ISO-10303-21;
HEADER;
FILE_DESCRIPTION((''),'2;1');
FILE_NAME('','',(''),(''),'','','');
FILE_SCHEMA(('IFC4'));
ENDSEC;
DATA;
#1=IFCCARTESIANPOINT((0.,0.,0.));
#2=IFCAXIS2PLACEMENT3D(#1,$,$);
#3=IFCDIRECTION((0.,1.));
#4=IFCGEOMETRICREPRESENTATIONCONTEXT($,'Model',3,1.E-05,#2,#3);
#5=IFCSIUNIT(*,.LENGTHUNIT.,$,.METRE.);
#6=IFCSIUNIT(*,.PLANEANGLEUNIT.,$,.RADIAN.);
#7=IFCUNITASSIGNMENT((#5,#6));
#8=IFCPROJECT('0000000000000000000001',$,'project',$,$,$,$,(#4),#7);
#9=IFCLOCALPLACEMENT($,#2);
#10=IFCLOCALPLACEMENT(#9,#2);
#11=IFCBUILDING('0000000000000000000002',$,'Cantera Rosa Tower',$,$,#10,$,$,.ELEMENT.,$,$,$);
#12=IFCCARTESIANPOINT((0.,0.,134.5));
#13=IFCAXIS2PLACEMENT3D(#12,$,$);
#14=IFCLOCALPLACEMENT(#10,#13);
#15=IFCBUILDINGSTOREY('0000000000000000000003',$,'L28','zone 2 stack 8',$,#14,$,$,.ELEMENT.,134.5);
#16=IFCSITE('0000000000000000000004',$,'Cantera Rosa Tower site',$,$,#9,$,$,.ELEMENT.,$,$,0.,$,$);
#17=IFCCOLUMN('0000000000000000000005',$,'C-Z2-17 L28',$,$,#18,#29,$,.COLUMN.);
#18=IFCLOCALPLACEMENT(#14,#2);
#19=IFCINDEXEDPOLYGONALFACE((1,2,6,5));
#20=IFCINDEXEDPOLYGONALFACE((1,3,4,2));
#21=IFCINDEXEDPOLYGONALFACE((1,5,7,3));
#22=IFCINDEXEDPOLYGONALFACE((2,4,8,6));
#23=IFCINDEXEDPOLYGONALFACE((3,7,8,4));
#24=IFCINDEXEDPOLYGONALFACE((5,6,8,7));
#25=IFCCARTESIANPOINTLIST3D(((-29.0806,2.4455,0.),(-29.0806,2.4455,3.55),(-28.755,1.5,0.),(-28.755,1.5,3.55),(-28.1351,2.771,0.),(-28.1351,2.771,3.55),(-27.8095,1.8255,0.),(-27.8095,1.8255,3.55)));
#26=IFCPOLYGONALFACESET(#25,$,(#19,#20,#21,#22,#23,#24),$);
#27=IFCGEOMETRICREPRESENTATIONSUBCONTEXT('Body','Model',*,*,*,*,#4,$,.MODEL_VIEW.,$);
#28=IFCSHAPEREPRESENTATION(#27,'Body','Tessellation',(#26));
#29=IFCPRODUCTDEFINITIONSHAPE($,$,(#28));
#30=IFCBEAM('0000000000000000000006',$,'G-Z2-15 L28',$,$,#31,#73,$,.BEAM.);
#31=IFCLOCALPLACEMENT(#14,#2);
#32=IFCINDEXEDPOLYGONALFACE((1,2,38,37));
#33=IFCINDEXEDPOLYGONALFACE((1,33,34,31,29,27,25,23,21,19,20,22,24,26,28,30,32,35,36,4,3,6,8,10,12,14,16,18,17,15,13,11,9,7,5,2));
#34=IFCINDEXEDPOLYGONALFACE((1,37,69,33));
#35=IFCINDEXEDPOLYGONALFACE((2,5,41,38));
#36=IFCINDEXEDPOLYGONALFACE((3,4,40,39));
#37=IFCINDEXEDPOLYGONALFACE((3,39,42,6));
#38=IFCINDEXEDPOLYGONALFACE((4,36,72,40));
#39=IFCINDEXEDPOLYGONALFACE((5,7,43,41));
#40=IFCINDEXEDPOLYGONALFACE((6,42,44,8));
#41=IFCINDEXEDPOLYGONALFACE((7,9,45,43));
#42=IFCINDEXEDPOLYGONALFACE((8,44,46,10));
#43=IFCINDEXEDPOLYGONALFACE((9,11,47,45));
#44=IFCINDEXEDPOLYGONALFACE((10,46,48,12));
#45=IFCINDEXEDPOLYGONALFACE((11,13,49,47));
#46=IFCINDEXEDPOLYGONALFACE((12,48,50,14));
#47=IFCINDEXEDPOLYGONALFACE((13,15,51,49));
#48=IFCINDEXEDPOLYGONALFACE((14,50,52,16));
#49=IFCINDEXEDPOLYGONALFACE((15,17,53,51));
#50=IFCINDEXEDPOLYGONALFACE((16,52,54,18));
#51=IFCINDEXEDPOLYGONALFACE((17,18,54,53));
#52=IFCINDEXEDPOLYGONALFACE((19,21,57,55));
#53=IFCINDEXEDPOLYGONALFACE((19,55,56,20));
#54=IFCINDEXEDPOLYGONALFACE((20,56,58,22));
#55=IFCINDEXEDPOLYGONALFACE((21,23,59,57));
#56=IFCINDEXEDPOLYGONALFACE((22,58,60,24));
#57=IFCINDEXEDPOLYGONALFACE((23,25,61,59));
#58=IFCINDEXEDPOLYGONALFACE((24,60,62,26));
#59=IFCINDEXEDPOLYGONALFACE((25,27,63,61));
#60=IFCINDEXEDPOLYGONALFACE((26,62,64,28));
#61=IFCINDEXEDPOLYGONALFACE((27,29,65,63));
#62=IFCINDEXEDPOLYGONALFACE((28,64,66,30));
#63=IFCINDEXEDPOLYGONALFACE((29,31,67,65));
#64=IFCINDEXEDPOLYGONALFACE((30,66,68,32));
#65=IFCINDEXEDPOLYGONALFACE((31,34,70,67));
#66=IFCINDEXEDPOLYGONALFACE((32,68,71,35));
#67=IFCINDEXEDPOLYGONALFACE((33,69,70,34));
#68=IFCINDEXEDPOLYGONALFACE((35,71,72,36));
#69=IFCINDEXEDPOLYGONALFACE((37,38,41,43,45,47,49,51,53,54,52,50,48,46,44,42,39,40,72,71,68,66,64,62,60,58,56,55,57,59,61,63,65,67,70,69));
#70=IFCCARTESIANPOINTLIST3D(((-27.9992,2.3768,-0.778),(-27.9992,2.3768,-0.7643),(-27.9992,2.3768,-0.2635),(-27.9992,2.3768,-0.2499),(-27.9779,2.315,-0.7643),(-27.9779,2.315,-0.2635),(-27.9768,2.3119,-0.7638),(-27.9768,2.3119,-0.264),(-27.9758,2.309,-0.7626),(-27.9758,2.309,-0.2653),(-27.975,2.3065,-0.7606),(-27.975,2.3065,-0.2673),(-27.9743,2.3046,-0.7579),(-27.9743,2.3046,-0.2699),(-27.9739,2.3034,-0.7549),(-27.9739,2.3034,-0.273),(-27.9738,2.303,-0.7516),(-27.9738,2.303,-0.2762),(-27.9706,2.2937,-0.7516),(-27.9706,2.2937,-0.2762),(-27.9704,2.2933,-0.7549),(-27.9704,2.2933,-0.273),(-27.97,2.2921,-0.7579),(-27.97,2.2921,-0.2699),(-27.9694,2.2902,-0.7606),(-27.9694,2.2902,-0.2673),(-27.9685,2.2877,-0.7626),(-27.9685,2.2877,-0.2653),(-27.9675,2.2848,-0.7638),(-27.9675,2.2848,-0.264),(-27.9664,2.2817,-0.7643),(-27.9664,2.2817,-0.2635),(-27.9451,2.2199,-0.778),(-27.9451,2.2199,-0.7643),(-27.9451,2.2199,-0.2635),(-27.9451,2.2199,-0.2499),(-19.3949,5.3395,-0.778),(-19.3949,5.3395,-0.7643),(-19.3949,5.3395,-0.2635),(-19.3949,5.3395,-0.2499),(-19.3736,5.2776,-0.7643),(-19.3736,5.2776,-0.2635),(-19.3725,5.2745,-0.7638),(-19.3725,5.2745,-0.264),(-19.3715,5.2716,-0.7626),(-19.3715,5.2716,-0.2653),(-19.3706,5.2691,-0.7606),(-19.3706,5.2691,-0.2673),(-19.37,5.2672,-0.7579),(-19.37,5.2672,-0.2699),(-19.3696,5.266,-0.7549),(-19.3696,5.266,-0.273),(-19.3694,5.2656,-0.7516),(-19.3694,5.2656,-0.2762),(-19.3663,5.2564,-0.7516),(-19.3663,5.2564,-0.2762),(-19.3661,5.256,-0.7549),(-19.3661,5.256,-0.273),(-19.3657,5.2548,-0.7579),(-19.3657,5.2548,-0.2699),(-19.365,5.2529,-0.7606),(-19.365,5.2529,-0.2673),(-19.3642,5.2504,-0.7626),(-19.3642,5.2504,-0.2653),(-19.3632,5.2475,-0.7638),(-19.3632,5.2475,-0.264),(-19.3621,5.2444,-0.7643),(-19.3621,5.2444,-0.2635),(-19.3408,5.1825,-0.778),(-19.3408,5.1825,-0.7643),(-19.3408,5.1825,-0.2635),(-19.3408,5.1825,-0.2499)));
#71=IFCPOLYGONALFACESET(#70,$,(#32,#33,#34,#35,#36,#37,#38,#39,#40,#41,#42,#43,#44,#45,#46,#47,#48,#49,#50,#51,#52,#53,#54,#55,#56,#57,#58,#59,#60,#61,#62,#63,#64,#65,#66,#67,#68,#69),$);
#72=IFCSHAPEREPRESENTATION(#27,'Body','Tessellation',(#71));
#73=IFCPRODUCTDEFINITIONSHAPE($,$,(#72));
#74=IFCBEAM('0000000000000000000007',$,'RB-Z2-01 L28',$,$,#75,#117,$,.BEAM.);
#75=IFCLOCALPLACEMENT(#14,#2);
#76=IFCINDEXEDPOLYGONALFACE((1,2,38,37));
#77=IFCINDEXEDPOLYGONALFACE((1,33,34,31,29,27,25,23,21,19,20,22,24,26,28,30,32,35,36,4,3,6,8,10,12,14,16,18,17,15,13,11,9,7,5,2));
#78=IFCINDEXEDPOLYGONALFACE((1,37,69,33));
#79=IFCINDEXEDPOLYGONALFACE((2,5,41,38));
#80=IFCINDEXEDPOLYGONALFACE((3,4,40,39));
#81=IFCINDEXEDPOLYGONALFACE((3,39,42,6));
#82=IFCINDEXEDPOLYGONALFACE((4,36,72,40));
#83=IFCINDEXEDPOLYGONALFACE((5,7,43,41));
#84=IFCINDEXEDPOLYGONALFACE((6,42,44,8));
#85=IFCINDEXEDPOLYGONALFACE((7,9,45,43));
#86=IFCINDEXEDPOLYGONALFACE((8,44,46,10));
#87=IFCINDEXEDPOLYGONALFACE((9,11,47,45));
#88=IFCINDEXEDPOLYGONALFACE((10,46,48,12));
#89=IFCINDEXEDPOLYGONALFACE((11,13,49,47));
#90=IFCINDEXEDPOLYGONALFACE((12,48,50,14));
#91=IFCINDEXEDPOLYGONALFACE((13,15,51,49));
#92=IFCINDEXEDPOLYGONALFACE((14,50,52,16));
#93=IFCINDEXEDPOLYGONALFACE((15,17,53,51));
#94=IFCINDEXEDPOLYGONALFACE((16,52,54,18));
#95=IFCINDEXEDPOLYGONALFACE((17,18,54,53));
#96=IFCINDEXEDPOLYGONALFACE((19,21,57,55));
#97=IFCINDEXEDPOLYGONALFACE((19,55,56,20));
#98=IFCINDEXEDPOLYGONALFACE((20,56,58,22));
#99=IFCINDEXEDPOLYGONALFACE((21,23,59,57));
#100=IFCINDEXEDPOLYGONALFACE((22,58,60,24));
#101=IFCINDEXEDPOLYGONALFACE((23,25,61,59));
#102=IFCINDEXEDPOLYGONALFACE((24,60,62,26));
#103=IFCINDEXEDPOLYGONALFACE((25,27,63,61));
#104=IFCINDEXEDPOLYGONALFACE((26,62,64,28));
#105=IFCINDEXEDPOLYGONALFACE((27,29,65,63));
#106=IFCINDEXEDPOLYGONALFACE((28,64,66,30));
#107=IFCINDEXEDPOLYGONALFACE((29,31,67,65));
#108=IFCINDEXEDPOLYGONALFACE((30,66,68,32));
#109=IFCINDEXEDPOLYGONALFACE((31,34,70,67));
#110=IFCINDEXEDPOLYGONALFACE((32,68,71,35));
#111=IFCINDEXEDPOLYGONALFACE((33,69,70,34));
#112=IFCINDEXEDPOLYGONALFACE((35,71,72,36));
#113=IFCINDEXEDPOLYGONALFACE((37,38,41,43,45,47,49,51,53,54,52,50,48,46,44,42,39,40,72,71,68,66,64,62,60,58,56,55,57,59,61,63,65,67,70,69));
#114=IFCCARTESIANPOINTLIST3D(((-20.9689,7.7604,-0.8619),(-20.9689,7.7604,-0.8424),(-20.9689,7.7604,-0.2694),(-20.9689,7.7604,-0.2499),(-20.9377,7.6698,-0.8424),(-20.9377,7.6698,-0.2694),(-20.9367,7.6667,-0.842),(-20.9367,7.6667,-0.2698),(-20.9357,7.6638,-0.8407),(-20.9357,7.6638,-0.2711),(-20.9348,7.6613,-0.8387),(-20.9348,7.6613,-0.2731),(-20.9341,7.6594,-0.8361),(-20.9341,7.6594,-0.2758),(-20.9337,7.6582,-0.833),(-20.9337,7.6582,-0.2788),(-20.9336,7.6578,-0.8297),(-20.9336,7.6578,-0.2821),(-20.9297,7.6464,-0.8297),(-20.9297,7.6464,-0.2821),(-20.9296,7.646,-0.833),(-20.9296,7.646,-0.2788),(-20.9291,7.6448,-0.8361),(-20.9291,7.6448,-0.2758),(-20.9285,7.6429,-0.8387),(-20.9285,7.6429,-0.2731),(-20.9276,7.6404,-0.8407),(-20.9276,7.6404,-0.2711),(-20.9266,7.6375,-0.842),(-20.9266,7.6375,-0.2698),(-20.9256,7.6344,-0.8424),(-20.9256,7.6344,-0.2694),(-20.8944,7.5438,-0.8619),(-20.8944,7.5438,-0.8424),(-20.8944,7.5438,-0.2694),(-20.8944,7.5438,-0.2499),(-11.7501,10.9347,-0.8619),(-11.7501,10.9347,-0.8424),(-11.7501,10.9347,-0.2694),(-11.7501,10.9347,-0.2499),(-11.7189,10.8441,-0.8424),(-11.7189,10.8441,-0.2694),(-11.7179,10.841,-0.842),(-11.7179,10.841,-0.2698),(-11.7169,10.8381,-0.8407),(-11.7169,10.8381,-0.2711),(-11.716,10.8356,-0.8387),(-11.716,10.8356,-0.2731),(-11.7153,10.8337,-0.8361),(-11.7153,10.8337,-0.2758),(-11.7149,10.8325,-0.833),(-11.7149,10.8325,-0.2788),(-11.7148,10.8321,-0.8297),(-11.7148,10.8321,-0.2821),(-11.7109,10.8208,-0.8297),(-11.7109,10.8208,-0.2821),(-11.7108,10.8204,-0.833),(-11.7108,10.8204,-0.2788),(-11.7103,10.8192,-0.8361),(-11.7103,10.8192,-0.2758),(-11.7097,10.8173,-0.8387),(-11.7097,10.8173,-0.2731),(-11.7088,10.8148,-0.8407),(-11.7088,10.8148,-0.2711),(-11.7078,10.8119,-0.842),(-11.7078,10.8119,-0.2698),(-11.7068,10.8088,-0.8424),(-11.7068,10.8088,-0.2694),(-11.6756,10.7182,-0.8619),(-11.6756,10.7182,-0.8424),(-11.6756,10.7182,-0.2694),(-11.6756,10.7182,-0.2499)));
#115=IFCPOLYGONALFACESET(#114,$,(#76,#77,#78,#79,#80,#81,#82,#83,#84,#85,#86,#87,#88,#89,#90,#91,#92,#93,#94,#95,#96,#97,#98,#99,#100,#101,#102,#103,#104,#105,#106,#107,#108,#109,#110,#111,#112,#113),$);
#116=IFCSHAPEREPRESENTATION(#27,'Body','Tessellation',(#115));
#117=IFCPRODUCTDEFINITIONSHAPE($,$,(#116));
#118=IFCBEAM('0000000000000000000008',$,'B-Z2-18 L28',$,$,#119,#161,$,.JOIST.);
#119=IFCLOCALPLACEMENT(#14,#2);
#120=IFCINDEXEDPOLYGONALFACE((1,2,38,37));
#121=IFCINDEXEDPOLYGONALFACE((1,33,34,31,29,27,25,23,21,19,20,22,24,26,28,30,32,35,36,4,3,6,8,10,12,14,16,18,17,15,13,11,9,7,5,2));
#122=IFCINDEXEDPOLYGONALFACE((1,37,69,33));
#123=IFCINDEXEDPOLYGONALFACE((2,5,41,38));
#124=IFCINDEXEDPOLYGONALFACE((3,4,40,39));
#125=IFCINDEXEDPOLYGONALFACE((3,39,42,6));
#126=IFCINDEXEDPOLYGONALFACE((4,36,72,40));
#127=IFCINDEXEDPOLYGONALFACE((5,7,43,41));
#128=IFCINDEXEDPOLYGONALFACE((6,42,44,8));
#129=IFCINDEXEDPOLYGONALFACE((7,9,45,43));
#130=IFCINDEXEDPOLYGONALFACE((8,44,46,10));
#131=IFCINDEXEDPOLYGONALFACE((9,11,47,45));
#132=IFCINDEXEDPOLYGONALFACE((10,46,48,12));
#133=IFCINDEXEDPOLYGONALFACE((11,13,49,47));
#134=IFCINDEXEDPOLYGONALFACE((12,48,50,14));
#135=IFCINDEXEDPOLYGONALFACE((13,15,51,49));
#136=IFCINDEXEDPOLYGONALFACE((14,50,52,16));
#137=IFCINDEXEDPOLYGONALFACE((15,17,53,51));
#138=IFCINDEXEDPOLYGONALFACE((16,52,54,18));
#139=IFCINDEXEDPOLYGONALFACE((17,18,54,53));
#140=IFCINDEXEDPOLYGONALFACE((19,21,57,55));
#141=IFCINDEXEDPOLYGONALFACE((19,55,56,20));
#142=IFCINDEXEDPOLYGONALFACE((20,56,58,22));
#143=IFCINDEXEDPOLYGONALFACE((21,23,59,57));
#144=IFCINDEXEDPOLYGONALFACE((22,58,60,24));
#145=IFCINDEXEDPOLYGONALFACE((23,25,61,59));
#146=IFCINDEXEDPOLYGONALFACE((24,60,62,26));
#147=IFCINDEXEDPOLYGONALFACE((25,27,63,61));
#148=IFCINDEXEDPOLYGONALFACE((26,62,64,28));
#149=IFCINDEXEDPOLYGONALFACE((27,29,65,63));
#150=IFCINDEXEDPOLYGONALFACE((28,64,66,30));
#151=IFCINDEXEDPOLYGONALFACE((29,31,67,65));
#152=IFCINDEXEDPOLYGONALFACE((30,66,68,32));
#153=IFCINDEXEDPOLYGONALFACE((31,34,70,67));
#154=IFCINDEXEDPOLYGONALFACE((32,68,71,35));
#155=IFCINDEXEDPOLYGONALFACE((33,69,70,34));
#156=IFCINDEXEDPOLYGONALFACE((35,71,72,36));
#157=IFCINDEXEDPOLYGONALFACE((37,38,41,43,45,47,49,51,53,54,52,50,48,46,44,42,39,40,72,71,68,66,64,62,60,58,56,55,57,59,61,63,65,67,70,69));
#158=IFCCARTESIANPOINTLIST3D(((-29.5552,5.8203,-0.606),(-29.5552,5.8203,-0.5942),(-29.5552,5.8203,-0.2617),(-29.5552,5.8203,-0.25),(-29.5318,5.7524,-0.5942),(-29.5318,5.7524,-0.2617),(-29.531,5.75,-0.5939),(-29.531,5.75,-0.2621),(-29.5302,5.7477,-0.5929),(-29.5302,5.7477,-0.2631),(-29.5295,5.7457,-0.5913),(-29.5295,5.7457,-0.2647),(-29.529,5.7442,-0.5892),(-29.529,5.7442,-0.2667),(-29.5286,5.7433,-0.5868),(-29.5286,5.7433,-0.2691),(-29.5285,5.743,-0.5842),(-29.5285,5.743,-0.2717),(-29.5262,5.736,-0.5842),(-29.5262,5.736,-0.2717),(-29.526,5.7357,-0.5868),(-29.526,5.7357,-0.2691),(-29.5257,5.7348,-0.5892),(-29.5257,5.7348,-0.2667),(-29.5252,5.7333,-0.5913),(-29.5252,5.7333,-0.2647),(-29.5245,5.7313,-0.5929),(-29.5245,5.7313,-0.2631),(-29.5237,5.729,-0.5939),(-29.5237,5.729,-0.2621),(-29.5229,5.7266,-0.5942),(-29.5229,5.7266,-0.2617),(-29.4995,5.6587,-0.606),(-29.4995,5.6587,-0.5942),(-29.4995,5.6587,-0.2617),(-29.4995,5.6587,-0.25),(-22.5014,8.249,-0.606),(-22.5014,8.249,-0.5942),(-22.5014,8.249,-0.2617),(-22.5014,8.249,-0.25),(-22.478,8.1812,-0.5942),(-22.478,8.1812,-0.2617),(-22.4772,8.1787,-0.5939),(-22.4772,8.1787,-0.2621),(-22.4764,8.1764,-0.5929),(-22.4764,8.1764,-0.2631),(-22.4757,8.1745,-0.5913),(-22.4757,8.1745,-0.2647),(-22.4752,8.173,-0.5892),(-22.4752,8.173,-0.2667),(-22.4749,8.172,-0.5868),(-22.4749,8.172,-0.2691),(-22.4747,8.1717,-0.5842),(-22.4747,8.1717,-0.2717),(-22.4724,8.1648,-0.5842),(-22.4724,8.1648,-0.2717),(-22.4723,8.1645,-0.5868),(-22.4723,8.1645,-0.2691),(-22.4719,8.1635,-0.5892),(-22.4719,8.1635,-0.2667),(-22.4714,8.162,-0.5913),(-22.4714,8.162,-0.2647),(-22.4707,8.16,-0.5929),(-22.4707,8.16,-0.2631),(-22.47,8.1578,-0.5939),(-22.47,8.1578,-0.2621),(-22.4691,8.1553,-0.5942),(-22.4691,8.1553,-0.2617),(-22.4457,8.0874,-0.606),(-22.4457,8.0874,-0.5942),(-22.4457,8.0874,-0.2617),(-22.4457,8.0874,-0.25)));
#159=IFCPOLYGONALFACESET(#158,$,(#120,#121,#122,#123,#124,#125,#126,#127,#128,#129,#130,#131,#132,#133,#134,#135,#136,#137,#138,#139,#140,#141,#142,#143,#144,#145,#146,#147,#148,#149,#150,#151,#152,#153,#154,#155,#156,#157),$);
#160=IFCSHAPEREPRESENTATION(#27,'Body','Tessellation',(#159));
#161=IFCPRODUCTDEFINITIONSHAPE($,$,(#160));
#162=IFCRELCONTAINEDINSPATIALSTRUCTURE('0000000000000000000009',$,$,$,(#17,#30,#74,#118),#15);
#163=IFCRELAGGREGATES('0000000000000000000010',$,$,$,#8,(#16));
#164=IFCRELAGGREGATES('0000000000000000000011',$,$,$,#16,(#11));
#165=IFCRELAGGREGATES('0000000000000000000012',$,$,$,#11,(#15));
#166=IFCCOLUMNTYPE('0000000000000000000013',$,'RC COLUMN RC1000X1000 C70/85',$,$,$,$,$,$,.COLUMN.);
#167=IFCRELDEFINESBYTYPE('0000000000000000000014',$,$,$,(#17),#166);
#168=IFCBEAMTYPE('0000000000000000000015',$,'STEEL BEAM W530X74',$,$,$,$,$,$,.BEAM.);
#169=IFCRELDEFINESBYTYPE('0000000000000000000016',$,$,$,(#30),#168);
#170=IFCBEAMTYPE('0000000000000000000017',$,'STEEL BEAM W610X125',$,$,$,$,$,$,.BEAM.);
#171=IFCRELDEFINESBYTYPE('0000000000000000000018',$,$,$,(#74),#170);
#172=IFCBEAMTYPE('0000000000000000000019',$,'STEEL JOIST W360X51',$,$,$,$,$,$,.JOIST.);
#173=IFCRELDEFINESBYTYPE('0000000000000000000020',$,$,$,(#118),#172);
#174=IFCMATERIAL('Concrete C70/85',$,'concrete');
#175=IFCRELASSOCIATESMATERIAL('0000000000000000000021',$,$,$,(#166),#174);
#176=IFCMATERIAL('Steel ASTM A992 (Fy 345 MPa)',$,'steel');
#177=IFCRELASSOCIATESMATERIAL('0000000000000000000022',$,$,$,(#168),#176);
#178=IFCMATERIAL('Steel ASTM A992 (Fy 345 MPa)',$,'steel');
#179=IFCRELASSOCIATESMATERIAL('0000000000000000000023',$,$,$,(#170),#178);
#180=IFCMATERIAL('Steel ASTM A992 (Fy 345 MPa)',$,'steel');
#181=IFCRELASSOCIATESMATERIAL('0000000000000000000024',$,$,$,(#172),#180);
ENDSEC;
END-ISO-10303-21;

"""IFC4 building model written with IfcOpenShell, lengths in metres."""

from ifc_helpers import new_model, si_unit, direction, frame, origin, origin_2d, place, context, subcontext, project, spatial, rectangle, i_section, extrude, material, material_profile, profile_set, type_object, element, save


model = new_model("IFC4")

# Units and contexts
model_context = context("Model", 3, precision=1e-05, world=origin(), true_north=direction((0.0, 1.0)))
body_context = subcontext(model_context, "Body", "Model", "MODEL_VIEW")
ifc_project = project(units=[si_unit("LENGTHUNIT", "METRE"), si_unit("PLANEANGLEUNIT", "RADIAN")], contexts=[model_context])

# Site, building, storey
site_placement = place(None, origin())
site = spatial("IfcSite", under=ifc_project, at=site_placement, Name="Cantera Rosa Tower site", CompositionType="ELEMENT", RefElevation=0.0)
building_placement = place(site_placement, origin())
building = spatial("IfcBuilding", under=site, at=building_placement, Name="Cantera Rosa Tower", CompositionType="ELEMENT")
storey_placement = place(building_placement, frame((0.0, 0.0, 134.5)))
storey = spatial("IfcBuildingStorey", under=building, at=storey_placement, Name="L28", Description="zone 2 stack 8", CompositionType="ELEMENT", Elevation=134.5)

# Column
ifc_material_1 = material(Name="Concrete C70/85", Category="concrete")
ifc_material_profile_1 = material_profile(ifc_material_1, rectangle(XDim=1.0, YDim=1.0, at=origin_2d()), Name="RC COLUMN RC1000X1000 C70/85")
ifc_profile_set_1 = profile_set([ifc_material_profile_1], Name="Concrete C70/85")
column_type = type_object("IfcColumnType", Name="RC COLUMN RC1000X1000 C70/85", PredefinedType="COLUMN", material=ifc_profile_set_1)
column_placement = place(storey_placement, frame((-28.4451, 2.1355, 0.0), z_axis=(0.0, 0.0, 1.0), x_axis=(0.945519, 0.325568, 0.0)))
element("IfcColumn", 1, at=column_placement, inside=storey, type_object=column_type, Name="C-Z2-17 L28", PredefinedType="COLUMN", context=body_context, shape_type="SweptSolid", body=[
    extrude(rectangle(XDim=1.0, YDim=1.0, at=origin_2d()), origin(), (0.0, 0.0, 1.0), 3.55),
])

# Beams
ifc_material_2 = material(Name="Steel ASTM A992 (Fy 345 MPa)", Category="steel")
ifc_material_profile_2 = material_profile(ifc_material_2, i_section(OverallWidth=0.166, OverallDepth=0.5281, WebThickness=0.0098, FlangeThickness=0.0137, FilletRadius=0.0127, at=origin_2d()), Name="W530X74")
ifc_profile_set_2 = profile_set([ifc_material_profile_2], Name="Steel ASTM A992 (Fy 345 MPa)")
beam_type_1 = type_object("IfcBeamType", Name="STEEL BEAM W530X74", PredefinedType="BEAM", material=ifc_profile_set_2)
beam_1_placement = place(storey_placement, frame((-27.9722, 2.2983, -0.5139), z_axis=(0.94552, 0.325565, 0.0), x_axis=(-0.325565, 0.94552, 0.0)))
element("IfcBeam", 2, at=beam_1_placement, inside=storey, type_object=beam_type_1, Name="G-Z2-15 L28", PredefinedType="BEAM", context=body_context, shape_type="SweptSolid", body=[
    extrude(i_section(OverallWidth=0.166, OverallDepth=0.5281, WebThickness=0.0098, FlangeThickness=0.0137, FilletRadius=0.0127, at=origin_2d()), origin(), (0.0, 0.0, 1.0), 9.1001),
])
ifc_material_3 = material(Name="Steel ASTM A992 (Fy 345 MPa)", Category="steel")
ifc_material_profile_3 = material_profile(ifc_material_3, i_section(OverallWidth=0.229, OverallDepth=0.6121, WebThickness=0.012, FlangeThickness=0.0195, FilletRadius=0.0127, at=origin_2d()), Name="W610X125")
ifc_profile_set_3 = profile_set([ifc_material_profile_3], Name="Steel ASTM A992 (Fy 345 MPa)")
beam_type_2 = type_object("IfcBeamType", Name="STEEL BEAM W610X125", PredefinedType="BEAM", material=ifc_profile_set_3)
beam_2_placement = place(storey_placement, frame((-20.9316, 7.6521, -0.5559), z_axis=(0.945517, 0.325572, 0.0), x_axis=(-0.325572, 0.945517, 0.0)))
element("IfcBeam", 3, at=beam_2_placement, inside=storey, type_object=beam_type_2, Name="RB-Z2-01 L28", PredefinedType="BEAM", context=body_context, shape_type="SweptSolid", body=[
    extrude(i_section(OverallWidth=0.229, OverallDepth=0.6121, WebThickness=0.012, FlangeThickness=0.0195, FilletRadius=0.0127, at=origin_2d()), origin(), (0.0, 0.0, 1.0), 9.75),
])
ifc_material_4 = material(Name="Steel ASTM A992 (Fy 345 MPa)", Category="steel")
ifc_material_profile_4 = material_profile(ifc_material_4, i_section(OverallWidth=0.1709, OverallDepth=0.356, WebThickness=0.0073, FlangeThickness=0.0117, FilletRadius=0.01, at=origin_2d()), Name="W360X51")
ifc_profile_set_4 = profile_set([ifc_material_profile_4], Name="Steel ASTM A992 (Fy 345 MPa)")
beam_type_3 = type_object("IfcBeamType", Name="STEEL JOIST W360X51", PredefinedType="JOIST", material=ifc_profile_set_4)
beam_3_placement = place(storey_placement, frame((-29.5273, 5.7395, -0.428), z_axis=(0.945522, 0.325559, 0.0), x_axis=(-0.325559, 0.945522, 0.0)))
element("IfcBeam", 4, at=beam_3_placement, inside=storey, type_object=beam_type_3, Name="B-Z2-18 L28", PredefinedType="JOIST", context=body_context, shape_type="SweptSolid", body=[
    extrude(i_section(OverallWidth=0.1709, OverallDepth=0.356, WebThickness=0.0073, FlangeThickness=0.0117, FilletRadius=0.01, at=origin_2d()), origin(), (0.0, 0.0, 1.0), 7.4602),
])

save(model, "model.ifc")
